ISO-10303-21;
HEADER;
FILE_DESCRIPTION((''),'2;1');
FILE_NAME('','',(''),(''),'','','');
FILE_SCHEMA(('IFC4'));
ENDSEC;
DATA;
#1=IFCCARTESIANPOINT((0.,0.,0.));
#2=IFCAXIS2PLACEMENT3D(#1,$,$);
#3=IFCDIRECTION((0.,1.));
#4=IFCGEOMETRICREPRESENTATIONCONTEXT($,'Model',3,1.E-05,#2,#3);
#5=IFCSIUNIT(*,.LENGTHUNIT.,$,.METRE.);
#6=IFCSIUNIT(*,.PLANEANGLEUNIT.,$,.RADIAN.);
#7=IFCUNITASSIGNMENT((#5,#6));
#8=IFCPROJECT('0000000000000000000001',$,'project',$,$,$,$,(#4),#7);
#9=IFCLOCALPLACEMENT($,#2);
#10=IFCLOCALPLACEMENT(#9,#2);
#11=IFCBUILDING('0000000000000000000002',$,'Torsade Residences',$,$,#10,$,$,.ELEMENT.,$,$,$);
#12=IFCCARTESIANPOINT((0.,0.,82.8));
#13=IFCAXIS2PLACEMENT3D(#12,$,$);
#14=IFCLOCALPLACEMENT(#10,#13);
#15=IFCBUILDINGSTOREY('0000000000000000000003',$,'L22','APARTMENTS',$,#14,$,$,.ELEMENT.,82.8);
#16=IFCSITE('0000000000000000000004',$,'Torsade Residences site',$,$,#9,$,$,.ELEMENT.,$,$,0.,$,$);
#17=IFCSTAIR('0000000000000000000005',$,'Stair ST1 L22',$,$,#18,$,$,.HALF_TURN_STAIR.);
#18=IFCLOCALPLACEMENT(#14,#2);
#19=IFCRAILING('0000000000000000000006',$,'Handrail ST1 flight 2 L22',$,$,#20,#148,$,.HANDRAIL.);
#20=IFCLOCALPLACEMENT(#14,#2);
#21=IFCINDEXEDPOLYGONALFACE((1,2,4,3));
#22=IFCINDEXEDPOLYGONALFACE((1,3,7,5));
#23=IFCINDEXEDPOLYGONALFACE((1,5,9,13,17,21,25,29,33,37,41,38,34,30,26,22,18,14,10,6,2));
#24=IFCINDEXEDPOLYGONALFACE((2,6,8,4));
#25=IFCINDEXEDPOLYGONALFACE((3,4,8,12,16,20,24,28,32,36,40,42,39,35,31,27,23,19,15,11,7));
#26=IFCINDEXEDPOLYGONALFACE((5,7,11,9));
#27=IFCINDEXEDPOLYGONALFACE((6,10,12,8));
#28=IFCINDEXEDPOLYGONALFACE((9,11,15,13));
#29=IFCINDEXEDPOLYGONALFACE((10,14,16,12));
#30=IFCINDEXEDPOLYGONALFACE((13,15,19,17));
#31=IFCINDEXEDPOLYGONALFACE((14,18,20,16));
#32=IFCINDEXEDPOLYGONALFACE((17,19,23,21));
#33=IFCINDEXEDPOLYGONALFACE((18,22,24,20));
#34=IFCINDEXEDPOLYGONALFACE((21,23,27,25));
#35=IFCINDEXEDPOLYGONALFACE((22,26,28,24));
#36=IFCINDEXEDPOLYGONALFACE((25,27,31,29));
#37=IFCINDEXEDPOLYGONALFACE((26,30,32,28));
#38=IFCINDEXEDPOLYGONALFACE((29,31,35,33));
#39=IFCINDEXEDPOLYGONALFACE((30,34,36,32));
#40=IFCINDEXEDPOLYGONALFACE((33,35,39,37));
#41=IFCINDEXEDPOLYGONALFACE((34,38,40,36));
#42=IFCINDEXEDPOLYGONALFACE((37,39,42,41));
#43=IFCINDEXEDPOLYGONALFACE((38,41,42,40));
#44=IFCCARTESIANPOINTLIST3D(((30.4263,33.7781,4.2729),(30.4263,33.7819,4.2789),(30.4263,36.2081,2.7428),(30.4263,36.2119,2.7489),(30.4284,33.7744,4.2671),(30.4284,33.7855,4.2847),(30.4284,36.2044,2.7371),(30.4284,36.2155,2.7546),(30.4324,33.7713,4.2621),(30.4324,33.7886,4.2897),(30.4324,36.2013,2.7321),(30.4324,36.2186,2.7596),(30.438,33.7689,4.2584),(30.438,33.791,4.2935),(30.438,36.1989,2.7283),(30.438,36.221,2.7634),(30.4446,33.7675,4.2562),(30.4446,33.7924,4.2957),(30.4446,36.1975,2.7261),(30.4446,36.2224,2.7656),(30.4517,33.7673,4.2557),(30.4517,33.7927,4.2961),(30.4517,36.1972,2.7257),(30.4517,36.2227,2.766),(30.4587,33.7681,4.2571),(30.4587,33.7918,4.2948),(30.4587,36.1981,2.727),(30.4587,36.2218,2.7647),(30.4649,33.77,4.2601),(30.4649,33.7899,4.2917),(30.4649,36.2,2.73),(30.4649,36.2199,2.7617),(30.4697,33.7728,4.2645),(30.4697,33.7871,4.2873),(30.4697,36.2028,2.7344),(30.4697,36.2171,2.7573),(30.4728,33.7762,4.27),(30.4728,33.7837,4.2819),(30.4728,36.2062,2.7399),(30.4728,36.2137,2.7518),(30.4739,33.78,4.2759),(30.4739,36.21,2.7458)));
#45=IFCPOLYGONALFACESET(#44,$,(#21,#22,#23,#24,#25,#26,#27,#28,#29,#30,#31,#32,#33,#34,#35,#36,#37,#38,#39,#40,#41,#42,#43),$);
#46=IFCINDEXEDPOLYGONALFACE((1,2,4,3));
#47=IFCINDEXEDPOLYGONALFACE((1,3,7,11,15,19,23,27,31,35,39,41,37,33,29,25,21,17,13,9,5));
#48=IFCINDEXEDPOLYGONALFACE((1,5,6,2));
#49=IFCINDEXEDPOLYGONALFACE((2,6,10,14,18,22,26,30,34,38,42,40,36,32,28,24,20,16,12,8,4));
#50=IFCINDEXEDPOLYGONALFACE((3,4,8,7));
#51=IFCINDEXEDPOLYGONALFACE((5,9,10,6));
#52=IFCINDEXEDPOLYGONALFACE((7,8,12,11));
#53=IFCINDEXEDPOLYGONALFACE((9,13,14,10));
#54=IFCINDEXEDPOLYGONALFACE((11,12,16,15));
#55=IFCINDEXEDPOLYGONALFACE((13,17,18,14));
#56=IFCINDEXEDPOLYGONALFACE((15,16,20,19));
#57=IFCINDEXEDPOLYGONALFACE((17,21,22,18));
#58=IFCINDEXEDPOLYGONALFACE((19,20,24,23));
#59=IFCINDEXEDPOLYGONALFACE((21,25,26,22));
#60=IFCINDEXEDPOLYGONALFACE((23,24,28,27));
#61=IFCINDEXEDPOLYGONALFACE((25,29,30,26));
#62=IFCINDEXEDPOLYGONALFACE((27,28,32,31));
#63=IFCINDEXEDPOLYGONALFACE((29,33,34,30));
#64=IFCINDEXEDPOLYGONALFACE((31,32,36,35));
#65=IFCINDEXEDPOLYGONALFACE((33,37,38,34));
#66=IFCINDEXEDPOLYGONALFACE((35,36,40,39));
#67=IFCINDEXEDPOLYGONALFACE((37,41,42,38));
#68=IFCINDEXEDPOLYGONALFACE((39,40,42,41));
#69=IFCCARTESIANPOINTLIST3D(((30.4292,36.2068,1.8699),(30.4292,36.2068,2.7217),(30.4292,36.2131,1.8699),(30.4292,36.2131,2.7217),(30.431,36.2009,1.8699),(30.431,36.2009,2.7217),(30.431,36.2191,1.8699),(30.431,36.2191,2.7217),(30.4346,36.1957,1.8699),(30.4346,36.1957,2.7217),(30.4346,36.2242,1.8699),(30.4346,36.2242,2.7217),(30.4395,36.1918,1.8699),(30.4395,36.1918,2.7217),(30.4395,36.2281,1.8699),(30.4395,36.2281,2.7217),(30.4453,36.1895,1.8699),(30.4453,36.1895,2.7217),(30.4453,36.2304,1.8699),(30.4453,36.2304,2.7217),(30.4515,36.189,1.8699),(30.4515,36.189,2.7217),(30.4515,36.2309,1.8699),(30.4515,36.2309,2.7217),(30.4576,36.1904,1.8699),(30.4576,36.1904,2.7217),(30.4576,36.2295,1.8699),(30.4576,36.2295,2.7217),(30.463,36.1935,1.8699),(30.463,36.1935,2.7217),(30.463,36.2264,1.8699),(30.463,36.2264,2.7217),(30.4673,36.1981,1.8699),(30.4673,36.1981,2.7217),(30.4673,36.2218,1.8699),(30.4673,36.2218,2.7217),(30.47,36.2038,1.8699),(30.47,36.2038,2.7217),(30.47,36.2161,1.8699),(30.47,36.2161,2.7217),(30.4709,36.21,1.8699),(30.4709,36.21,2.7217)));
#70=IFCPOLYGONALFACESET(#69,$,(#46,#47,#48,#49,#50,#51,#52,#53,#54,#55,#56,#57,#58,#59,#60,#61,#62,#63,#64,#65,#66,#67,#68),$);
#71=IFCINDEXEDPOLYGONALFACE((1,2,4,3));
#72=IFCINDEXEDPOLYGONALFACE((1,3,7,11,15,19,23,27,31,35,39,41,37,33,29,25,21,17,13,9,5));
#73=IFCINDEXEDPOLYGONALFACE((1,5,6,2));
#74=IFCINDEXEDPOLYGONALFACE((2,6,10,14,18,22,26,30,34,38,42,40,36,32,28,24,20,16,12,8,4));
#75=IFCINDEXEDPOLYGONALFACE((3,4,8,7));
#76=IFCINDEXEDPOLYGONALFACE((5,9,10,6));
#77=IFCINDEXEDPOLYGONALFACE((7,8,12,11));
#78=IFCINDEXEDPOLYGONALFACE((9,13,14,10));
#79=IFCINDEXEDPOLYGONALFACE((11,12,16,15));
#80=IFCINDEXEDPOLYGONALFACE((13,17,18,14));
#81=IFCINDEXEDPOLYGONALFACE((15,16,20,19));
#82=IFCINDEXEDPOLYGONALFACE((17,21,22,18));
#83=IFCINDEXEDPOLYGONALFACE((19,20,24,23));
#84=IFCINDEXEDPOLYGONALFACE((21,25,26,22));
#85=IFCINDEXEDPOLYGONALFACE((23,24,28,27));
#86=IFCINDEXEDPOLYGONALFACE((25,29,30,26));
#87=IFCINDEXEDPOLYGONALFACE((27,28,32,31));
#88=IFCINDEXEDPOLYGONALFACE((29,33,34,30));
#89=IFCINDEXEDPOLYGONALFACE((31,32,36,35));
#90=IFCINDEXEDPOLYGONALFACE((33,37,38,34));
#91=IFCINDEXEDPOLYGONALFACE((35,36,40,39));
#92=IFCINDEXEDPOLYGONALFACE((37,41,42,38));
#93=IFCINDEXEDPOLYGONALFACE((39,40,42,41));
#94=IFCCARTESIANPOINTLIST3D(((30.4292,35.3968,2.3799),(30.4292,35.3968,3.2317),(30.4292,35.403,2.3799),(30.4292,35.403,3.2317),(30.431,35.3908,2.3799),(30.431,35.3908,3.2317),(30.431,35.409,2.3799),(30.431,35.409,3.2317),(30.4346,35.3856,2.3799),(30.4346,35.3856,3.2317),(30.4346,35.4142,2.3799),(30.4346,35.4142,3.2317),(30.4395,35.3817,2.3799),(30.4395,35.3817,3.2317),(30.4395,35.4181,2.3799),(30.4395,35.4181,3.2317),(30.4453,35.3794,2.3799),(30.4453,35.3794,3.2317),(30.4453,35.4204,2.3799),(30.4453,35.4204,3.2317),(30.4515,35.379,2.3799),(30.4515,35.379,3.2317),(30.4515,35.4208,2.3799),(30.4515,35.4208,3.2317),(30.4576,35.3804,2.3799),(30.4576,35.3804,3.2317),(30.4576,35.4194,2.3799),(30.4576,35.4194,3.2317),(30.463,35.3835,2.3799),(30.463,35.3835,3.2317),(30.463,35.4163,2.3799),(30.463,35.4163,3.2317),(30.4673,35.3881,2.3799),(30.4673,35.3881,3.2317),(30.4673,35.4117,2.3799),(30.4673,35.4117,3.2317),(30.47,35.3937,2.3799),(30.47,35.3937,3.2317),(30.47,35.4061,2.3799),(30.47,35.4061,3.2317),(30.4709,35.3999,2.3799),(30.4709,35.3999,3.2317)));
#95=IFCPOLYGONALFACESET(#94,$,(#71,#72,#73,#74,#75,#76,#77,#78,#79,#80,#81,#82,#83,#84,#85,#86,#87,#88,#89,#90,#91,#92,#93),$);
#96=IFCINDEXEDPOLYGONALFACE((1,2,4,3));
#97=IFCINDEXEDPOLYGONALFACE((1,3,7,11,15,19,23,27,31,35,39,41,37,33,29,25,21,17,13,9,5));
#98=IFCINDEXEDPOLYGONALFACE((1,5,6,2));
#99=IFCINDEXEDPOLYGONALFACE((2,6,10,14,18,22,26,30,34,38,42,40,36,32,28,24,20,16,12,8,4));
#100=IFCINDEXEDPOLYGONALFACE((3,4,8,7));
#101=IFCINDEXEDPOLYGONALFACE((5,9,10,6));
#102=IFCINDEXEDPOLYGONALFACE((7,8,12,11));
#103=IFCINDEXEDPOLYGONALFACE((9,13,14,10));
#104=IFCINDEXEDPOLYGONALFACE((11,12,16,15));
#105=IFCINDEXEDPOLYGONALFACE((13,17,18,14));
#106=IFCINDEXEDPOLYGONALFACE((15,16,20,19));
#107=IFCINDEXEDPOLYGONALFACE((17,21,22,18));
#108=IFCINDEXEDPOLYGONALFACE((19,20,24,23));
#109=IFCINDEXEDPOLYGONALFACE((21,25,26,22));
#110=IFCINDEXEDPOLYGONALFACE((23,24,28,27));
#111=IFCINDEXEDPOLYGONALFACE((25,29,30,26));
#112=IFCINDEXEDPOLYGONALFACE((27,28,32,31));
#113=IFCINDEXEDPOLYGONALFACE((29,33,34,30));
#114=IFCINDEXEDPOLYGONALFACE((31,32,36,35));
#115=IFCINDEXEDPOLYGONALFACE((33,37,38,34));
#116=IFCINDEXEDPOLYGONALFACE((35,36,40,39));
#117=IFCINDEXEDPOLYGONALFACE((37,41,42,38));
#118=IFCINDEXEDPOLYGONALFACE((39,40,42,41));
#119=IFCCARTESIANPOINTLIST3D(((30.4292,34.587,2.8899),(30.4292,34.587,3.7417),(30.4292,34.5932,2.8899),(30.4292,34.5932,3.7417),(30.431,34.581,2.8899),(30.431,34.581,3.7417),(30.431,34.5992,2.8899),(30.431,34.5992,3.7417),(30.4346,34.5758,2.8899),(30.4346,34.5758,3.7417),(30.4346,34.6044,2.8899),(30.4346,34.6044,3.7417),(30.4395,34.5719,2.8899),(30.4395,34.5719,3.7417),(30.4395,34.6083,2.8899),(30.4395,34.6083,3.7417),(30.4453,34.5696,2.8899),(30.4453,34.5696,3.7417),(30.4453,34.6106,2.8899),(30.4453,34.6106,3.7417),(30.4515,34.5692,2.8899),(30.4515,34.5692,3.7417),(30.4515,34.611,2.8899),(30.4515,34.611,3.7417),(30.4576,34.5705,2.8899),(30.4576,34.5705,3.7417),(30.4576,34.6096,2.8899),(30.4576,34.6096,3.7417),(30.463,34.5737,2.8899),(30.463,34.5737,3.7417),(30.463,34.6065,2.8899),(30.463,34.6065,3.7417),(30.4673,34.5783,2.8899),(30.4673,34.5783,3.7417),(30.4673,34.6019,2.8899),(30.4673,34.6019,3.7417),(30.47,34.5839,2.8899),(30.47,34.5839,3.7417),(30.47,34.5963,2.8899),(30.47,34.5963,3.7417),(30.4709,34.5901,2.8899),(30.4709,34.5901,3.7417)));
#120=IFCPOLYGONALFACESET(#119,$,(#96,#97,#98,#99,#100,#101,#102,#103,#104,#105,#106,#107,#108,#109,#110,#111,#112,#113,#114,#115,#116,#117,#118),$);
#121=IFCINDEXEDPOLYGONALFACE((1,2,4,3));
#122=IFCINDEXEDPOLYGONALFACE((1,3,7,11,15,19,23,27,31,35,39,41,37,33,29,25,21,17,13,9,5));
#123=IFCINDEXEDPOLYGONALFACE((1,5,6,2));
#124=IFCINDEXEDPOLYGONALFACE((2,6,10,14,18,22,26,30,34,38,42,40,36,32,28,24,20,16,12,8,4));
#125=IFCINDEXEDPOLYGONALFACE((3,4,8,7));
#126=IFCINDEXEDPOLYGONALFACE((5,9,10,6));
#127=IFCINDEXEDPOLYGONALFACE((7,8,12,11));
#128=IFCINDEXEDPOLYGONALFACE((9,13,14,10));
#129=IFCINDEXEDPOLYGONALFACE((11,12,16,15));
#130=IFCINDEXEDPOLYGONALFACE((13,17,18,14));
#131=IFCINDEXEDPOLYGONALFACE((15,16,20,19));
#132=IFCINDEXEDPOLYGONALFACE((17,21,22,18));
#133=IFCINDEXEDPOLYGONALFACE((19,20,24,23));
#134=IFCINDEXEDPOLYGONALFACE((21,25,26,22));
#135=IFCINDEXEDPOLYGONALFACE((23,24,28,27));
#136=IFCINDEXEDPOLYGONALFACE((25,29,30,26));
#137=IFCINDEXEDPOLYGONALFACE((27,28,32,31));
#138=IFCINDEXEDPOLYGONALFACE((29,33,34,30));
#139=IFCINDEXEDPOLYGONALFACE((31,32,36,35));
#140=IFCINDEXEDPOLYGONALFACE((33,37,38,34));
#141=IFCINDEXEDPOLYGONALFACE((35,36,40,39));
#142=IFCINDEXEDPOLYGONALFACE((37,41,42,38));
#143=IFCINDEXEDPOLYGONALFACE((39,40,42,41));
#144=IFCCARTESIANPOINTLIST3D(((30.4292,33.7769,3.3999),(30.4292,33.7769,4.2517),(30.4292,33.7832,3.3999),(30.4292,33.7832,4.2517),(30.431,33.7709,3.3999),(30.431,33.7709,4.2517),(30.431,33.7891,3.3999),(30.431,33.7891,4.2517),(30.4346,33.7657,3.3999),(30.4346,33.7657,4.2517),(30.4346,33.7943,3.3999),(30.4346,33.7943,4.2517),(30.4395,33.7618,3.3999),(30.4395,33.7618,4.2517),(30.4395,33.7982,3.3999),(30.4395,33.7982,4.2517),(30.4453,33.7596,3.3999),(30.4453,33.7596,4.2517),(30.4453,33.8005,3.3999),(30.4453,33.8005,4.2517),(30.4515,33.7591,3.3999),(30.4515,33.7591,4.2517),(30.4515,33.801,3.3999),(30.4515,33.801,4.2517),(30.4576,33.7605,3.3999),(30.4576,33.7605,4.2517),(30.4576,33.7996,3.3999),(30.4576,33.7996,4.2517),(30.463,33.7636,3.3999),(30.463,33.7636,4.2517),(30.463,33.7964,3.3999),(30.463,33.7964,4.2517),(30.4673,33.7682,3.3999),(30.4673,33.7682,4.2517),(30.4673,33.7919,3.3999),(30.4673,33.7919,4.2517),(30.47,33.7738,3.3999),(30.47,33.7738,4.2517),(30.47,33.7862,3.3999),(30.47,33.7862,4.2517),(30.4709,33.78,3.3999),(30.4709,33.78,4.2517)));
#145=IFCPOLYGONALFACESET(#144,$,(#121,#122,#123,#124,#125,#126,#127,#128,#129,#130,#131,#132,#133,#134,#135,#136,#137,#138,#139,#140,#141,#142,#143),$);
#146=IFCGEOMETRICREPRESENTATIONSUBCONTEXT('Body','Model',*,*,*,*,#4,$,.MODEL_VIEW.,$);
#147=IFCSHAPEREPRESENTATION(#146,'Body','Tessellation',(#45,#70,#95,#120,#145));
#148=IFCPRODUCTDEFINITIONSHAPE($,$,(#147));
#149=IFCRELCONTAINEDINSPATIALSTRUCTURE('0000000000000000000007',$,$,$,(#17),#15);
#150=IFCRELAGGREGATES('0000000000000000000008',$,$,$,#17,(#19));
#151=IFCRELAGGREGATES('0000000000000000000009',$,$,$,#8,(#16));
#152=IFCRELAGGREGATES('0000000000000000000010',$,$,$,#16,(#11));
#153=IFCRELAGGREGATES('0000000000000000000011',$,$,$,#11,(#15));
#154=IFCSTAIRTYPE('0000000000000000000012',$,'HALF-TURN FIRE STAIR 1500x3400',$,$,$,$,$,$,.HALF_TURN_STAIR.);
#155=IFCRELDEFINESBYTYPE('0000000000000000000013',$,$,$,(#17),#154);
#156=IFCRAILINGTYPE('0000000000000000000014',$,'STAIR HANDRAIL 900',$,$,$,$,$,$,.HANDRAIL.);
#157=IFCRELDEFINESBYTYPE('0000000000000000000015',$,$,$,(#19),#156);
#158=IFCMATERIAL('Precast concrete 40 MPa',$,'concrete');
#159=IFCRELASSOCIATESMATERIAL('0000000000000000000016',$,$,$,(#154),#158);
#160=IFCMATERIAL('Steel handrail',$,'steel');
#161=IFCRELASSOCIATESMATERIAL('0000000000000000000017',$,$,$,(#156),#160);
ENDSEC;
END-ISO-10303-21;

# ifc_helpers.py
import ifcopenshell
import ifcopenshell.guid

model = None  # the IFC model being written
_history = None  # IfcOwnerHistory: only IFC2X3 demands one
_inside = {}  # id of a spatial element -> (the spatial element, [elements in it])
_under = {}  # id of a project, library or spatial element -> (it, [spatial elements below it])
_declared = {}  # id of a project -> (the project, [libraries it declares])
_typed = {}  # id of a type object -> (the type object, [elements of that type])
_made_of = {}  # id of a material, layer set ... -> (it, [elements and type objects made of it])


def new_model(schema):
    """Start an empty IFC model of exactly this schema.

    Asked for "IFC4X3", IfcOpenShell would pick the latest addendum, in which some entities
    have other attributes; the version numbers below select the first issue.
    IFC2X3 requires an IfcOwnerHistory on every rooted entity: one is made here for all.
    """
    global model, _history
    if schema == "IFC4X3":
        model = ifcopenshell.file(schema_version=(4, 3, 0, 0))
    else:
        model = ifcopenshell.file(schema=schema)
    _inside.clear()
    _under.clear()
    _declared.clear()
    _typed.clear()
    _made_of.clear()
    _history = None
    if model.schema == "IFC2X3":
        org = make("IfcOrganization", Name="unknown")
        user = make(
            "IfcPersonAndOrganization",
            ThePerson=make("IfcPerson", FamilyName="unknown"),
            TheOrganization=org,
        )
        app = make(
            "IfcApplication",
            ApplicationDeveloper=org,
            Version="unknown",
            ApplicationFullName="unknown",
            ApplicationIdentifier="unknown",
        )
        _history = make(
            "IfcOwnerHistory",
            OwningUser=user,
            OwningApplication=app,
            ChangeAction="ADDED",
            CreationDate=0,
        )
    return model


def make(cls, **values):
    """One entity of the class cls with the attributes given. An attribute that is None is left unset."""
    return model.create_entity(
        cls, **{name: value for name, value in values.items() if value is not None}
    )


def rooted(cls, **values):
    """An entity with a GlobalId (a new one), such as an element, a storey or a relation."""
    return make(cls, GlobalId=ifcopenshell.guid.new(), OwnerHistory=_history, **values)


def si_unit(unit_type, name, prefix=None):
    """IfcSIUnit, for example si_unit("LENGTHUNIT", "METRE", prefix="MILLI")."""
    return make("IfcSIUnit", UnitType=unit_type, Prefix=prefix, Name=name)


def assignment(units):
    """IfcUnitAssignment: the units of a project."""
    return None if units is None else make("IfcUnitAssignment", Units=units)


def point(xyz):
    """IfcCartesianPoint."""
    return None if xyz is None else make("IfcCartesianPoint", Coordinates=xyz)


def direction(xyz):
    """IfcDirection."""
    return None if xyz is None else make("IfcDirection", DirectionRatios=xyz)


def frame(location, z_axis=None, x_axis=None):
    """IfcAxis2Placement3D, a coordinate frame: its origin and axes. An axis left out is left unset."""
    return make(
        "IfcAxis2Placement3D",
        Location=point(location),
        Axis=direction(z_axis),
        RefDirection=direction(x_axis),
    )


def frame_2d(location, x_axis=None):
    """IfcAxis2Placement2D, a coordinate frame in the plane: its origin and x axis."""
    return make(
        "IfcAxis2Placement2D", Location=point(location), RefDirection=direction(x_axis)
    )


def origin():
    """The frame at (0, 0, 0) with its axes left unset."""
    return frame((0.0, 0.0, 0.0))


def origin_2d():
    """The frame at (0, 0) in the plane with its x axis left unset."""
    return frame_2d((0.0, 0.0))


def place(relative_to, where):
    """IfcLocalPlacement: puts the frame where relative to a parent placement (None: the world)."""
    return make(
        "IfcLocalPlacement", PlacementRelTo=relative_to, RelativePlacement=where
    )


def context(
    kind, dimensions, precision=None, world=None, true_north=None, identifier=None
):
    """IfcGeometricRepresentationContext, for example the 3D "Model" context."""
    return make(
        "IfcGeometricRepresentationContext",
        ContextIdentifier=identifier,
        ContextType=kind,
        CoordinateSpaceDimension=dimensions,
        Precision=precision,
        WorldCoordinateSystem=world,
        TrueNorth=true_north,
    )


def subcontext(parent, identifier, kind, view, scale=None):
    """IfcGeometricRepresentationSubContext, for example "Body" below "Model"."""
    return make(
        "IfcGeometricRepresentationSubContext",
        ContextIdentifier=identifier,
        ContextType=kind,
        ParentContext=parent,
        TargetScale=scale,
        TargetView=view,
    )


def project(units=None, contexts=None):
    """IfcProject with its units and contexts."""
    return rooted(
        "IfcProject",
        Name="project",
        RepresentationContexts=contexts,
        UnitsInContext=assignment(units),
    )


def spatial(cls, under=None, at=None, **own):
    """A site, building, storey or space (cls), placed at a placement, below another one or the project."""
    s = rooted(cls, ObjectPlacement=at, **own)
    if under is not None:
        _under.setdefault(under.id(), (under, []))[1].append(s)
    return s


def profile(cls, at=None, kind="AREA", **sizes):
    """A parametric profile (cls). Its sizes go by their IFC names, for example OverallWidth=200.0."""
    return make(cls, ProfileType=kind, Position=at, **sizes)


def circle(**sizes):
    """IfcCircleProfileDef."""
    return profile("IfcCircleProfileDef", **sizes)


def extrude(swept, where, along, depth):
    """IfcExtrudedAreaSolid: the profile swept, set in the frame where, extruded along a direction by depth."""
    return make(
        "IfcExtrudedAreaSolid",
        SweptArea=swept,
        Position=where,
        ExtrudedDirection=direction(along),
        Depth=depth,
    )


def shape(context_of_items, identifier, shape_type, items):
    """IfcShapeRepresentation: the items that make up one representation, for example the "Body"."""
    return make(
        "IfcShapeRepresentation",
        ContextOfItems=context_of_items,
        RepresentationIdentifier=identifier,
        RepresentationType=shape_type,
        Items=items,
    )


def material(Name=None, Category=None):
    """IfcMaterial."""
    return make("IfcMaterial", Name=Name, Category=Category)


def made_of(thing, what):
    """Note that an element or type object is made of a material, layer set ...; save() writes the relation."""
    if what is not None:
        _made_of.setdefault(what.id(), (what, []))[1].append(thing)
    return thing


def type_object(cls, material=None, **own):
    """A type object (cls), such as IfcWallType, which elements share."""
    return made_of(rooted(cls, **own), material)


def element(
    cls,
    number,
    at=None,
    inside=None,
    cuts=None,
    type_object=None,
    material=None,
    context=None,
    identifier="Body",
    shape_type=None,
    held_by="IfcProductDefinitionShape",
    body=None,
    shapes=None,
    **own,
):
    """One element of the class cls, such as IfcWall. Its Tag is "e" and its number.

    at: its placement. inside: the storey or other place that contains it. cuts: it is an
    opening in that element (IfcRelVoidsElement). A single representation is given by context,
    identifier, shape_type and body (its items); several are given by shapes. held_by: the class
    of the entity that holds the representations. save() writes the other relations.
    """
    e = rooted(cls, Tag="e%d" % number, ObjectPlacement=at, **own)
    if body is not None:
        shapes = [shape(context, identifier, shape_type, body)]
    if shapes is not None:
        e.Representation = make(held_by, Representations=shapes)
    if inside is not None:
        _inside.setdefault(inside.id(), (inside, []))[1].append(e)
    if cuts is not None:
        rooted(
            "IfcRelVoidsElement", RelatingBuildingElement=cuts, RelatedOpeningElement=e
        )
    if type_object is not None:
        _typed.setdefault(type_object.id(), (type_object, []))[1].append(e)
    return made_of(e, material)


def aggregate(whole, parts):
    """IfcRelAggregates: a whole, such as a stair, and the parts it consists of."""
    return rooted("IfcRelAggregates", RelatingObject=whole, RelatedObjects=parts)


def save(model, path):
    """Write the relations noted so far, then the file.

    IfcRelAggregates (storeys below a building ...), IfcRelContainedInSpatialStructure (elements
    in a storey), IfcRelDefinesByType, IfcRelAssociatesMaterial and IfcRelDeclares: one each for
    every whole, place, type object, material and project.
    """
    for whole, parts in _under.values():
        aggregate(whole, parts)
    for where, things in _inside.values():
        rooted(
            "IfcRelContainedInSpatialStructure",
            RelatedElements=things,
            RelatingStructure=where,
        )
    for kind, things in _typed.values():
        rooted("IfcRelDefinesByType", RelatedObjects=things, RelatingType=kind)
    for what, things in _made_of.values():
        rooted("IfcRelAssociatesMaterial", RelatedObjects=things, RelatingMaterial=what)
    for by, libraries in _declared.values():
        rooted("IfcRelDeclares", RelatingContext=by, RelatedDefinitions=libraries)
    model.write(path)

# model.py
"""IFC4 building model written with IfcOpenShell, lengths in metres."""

from ifc_helpers import new_model, si_unit, direction, frame, origin, origin_2d, place, context, subcontext, project, spatial, circle, extrude, material, type_object, element, aggregate, save


model = new_model("IFC4")

# Units and contexts
model_context = context("Model", 3, precision=1e-05, world=origin(), true_north=direction((0.0, 1.0)))
body_context = subcontext(model_context, "Body", "Model", "MODEL_VIEW")
ifc_project = project(units=[si_unit("LENGTHUNIT", "METRE"), si_unit("PLANEANGLEUNIT", "RADIAN")], contexts=[model_context])

# Site, building, storey
site_placement = place(None, origin())
site = spatial("IfcSite", under=ifc_project, at=site_placement, Name="Torsade Residences site", CompositionType="ELEMENT", RefElevation=0.0)
building_placement = place(site_placement, origin())
building = spatial("IfcBuilding", under=site, at=building_placement, Name="Torsade Residences", CompositionType="ELEMENT")
storey_placement = place(building_placement, frame((0.0, 0.0, 82.8)))
storey = spatial("IfcBuildingStorey", under=building, at=storey_placement, Name="L22", Description="APARTMENTS", CompositionType="ELEMENT", Elevation=82.8)

# Stair, railing
ifc_material_1 = material(Name="Precast concrete 40 MPa", Category="concrete")
stair_type = type_object("IfcStairType", Name="HALF-TURN FIRE STAIR 1500x3400", PredefinedType="HALF_TURN_STAIR", material=ifc_material_1)
stair_placement = place(storey_placement, origin())
stair = element("IfcStair", 1, at=stair_placement, inside=storey, type_object=stair_type, Name="Stair ST1 L22", PredefinedType="HALF_TURN_STAIR")
ifc_material_2 = material(Name="Steel handrail", Category="steel")
railing_type = type_object("IfcRailingType", Name="STAIR HANDRAIL 900", PredefinedType="HANDRAIL", material=ifc_material_2)
railing_1_placement = place(storey_placement, frame((30.45, 36.21, 1.8699)))
railing_1 = element("IfcRailing", 2, at=railing_1_placement, type_object=railing_type, Name="Handrail ST1 flight 2 L22", PredefinedType="HANDRAIL", context=body_context, shape_type="SweptSolid", body=[
    extrude(circle(Radius=0.0239, at=origin_2d()), frame((0.0, 0.0, 0.876), z_axis=(0.0, -0.846221, 0.532831), x_axis=(1.0, 0.0, 0.0)), (0.0, 0.0, 1.0), 2.8716),
    extrude(circle(Radius=0.021, at=origin_2d()), origin(), (0.0, 0.0, 1.0), 0.8518),
    extrude(circle(Radius=0.021, at=origin_2d()), frame((0.0, -0.8101, 0.51)), (0.0, 0.0, 1.0), 0.8518),
    extrude(circle(Radius=0.021, at=origin_2d()), frame((0.0, -1.6199, 1.02)), (0.0, 0.0, 1.0), 0.8518),
    extrude(circle(Radius=0.021, at=origin_2d()), frame((0.0, -2.4299, 1.53)), (0.0, 0.0, 1.0), 0.8518),
])
aggregate(stair, [railing_1])

save(model, "model.ifc")
